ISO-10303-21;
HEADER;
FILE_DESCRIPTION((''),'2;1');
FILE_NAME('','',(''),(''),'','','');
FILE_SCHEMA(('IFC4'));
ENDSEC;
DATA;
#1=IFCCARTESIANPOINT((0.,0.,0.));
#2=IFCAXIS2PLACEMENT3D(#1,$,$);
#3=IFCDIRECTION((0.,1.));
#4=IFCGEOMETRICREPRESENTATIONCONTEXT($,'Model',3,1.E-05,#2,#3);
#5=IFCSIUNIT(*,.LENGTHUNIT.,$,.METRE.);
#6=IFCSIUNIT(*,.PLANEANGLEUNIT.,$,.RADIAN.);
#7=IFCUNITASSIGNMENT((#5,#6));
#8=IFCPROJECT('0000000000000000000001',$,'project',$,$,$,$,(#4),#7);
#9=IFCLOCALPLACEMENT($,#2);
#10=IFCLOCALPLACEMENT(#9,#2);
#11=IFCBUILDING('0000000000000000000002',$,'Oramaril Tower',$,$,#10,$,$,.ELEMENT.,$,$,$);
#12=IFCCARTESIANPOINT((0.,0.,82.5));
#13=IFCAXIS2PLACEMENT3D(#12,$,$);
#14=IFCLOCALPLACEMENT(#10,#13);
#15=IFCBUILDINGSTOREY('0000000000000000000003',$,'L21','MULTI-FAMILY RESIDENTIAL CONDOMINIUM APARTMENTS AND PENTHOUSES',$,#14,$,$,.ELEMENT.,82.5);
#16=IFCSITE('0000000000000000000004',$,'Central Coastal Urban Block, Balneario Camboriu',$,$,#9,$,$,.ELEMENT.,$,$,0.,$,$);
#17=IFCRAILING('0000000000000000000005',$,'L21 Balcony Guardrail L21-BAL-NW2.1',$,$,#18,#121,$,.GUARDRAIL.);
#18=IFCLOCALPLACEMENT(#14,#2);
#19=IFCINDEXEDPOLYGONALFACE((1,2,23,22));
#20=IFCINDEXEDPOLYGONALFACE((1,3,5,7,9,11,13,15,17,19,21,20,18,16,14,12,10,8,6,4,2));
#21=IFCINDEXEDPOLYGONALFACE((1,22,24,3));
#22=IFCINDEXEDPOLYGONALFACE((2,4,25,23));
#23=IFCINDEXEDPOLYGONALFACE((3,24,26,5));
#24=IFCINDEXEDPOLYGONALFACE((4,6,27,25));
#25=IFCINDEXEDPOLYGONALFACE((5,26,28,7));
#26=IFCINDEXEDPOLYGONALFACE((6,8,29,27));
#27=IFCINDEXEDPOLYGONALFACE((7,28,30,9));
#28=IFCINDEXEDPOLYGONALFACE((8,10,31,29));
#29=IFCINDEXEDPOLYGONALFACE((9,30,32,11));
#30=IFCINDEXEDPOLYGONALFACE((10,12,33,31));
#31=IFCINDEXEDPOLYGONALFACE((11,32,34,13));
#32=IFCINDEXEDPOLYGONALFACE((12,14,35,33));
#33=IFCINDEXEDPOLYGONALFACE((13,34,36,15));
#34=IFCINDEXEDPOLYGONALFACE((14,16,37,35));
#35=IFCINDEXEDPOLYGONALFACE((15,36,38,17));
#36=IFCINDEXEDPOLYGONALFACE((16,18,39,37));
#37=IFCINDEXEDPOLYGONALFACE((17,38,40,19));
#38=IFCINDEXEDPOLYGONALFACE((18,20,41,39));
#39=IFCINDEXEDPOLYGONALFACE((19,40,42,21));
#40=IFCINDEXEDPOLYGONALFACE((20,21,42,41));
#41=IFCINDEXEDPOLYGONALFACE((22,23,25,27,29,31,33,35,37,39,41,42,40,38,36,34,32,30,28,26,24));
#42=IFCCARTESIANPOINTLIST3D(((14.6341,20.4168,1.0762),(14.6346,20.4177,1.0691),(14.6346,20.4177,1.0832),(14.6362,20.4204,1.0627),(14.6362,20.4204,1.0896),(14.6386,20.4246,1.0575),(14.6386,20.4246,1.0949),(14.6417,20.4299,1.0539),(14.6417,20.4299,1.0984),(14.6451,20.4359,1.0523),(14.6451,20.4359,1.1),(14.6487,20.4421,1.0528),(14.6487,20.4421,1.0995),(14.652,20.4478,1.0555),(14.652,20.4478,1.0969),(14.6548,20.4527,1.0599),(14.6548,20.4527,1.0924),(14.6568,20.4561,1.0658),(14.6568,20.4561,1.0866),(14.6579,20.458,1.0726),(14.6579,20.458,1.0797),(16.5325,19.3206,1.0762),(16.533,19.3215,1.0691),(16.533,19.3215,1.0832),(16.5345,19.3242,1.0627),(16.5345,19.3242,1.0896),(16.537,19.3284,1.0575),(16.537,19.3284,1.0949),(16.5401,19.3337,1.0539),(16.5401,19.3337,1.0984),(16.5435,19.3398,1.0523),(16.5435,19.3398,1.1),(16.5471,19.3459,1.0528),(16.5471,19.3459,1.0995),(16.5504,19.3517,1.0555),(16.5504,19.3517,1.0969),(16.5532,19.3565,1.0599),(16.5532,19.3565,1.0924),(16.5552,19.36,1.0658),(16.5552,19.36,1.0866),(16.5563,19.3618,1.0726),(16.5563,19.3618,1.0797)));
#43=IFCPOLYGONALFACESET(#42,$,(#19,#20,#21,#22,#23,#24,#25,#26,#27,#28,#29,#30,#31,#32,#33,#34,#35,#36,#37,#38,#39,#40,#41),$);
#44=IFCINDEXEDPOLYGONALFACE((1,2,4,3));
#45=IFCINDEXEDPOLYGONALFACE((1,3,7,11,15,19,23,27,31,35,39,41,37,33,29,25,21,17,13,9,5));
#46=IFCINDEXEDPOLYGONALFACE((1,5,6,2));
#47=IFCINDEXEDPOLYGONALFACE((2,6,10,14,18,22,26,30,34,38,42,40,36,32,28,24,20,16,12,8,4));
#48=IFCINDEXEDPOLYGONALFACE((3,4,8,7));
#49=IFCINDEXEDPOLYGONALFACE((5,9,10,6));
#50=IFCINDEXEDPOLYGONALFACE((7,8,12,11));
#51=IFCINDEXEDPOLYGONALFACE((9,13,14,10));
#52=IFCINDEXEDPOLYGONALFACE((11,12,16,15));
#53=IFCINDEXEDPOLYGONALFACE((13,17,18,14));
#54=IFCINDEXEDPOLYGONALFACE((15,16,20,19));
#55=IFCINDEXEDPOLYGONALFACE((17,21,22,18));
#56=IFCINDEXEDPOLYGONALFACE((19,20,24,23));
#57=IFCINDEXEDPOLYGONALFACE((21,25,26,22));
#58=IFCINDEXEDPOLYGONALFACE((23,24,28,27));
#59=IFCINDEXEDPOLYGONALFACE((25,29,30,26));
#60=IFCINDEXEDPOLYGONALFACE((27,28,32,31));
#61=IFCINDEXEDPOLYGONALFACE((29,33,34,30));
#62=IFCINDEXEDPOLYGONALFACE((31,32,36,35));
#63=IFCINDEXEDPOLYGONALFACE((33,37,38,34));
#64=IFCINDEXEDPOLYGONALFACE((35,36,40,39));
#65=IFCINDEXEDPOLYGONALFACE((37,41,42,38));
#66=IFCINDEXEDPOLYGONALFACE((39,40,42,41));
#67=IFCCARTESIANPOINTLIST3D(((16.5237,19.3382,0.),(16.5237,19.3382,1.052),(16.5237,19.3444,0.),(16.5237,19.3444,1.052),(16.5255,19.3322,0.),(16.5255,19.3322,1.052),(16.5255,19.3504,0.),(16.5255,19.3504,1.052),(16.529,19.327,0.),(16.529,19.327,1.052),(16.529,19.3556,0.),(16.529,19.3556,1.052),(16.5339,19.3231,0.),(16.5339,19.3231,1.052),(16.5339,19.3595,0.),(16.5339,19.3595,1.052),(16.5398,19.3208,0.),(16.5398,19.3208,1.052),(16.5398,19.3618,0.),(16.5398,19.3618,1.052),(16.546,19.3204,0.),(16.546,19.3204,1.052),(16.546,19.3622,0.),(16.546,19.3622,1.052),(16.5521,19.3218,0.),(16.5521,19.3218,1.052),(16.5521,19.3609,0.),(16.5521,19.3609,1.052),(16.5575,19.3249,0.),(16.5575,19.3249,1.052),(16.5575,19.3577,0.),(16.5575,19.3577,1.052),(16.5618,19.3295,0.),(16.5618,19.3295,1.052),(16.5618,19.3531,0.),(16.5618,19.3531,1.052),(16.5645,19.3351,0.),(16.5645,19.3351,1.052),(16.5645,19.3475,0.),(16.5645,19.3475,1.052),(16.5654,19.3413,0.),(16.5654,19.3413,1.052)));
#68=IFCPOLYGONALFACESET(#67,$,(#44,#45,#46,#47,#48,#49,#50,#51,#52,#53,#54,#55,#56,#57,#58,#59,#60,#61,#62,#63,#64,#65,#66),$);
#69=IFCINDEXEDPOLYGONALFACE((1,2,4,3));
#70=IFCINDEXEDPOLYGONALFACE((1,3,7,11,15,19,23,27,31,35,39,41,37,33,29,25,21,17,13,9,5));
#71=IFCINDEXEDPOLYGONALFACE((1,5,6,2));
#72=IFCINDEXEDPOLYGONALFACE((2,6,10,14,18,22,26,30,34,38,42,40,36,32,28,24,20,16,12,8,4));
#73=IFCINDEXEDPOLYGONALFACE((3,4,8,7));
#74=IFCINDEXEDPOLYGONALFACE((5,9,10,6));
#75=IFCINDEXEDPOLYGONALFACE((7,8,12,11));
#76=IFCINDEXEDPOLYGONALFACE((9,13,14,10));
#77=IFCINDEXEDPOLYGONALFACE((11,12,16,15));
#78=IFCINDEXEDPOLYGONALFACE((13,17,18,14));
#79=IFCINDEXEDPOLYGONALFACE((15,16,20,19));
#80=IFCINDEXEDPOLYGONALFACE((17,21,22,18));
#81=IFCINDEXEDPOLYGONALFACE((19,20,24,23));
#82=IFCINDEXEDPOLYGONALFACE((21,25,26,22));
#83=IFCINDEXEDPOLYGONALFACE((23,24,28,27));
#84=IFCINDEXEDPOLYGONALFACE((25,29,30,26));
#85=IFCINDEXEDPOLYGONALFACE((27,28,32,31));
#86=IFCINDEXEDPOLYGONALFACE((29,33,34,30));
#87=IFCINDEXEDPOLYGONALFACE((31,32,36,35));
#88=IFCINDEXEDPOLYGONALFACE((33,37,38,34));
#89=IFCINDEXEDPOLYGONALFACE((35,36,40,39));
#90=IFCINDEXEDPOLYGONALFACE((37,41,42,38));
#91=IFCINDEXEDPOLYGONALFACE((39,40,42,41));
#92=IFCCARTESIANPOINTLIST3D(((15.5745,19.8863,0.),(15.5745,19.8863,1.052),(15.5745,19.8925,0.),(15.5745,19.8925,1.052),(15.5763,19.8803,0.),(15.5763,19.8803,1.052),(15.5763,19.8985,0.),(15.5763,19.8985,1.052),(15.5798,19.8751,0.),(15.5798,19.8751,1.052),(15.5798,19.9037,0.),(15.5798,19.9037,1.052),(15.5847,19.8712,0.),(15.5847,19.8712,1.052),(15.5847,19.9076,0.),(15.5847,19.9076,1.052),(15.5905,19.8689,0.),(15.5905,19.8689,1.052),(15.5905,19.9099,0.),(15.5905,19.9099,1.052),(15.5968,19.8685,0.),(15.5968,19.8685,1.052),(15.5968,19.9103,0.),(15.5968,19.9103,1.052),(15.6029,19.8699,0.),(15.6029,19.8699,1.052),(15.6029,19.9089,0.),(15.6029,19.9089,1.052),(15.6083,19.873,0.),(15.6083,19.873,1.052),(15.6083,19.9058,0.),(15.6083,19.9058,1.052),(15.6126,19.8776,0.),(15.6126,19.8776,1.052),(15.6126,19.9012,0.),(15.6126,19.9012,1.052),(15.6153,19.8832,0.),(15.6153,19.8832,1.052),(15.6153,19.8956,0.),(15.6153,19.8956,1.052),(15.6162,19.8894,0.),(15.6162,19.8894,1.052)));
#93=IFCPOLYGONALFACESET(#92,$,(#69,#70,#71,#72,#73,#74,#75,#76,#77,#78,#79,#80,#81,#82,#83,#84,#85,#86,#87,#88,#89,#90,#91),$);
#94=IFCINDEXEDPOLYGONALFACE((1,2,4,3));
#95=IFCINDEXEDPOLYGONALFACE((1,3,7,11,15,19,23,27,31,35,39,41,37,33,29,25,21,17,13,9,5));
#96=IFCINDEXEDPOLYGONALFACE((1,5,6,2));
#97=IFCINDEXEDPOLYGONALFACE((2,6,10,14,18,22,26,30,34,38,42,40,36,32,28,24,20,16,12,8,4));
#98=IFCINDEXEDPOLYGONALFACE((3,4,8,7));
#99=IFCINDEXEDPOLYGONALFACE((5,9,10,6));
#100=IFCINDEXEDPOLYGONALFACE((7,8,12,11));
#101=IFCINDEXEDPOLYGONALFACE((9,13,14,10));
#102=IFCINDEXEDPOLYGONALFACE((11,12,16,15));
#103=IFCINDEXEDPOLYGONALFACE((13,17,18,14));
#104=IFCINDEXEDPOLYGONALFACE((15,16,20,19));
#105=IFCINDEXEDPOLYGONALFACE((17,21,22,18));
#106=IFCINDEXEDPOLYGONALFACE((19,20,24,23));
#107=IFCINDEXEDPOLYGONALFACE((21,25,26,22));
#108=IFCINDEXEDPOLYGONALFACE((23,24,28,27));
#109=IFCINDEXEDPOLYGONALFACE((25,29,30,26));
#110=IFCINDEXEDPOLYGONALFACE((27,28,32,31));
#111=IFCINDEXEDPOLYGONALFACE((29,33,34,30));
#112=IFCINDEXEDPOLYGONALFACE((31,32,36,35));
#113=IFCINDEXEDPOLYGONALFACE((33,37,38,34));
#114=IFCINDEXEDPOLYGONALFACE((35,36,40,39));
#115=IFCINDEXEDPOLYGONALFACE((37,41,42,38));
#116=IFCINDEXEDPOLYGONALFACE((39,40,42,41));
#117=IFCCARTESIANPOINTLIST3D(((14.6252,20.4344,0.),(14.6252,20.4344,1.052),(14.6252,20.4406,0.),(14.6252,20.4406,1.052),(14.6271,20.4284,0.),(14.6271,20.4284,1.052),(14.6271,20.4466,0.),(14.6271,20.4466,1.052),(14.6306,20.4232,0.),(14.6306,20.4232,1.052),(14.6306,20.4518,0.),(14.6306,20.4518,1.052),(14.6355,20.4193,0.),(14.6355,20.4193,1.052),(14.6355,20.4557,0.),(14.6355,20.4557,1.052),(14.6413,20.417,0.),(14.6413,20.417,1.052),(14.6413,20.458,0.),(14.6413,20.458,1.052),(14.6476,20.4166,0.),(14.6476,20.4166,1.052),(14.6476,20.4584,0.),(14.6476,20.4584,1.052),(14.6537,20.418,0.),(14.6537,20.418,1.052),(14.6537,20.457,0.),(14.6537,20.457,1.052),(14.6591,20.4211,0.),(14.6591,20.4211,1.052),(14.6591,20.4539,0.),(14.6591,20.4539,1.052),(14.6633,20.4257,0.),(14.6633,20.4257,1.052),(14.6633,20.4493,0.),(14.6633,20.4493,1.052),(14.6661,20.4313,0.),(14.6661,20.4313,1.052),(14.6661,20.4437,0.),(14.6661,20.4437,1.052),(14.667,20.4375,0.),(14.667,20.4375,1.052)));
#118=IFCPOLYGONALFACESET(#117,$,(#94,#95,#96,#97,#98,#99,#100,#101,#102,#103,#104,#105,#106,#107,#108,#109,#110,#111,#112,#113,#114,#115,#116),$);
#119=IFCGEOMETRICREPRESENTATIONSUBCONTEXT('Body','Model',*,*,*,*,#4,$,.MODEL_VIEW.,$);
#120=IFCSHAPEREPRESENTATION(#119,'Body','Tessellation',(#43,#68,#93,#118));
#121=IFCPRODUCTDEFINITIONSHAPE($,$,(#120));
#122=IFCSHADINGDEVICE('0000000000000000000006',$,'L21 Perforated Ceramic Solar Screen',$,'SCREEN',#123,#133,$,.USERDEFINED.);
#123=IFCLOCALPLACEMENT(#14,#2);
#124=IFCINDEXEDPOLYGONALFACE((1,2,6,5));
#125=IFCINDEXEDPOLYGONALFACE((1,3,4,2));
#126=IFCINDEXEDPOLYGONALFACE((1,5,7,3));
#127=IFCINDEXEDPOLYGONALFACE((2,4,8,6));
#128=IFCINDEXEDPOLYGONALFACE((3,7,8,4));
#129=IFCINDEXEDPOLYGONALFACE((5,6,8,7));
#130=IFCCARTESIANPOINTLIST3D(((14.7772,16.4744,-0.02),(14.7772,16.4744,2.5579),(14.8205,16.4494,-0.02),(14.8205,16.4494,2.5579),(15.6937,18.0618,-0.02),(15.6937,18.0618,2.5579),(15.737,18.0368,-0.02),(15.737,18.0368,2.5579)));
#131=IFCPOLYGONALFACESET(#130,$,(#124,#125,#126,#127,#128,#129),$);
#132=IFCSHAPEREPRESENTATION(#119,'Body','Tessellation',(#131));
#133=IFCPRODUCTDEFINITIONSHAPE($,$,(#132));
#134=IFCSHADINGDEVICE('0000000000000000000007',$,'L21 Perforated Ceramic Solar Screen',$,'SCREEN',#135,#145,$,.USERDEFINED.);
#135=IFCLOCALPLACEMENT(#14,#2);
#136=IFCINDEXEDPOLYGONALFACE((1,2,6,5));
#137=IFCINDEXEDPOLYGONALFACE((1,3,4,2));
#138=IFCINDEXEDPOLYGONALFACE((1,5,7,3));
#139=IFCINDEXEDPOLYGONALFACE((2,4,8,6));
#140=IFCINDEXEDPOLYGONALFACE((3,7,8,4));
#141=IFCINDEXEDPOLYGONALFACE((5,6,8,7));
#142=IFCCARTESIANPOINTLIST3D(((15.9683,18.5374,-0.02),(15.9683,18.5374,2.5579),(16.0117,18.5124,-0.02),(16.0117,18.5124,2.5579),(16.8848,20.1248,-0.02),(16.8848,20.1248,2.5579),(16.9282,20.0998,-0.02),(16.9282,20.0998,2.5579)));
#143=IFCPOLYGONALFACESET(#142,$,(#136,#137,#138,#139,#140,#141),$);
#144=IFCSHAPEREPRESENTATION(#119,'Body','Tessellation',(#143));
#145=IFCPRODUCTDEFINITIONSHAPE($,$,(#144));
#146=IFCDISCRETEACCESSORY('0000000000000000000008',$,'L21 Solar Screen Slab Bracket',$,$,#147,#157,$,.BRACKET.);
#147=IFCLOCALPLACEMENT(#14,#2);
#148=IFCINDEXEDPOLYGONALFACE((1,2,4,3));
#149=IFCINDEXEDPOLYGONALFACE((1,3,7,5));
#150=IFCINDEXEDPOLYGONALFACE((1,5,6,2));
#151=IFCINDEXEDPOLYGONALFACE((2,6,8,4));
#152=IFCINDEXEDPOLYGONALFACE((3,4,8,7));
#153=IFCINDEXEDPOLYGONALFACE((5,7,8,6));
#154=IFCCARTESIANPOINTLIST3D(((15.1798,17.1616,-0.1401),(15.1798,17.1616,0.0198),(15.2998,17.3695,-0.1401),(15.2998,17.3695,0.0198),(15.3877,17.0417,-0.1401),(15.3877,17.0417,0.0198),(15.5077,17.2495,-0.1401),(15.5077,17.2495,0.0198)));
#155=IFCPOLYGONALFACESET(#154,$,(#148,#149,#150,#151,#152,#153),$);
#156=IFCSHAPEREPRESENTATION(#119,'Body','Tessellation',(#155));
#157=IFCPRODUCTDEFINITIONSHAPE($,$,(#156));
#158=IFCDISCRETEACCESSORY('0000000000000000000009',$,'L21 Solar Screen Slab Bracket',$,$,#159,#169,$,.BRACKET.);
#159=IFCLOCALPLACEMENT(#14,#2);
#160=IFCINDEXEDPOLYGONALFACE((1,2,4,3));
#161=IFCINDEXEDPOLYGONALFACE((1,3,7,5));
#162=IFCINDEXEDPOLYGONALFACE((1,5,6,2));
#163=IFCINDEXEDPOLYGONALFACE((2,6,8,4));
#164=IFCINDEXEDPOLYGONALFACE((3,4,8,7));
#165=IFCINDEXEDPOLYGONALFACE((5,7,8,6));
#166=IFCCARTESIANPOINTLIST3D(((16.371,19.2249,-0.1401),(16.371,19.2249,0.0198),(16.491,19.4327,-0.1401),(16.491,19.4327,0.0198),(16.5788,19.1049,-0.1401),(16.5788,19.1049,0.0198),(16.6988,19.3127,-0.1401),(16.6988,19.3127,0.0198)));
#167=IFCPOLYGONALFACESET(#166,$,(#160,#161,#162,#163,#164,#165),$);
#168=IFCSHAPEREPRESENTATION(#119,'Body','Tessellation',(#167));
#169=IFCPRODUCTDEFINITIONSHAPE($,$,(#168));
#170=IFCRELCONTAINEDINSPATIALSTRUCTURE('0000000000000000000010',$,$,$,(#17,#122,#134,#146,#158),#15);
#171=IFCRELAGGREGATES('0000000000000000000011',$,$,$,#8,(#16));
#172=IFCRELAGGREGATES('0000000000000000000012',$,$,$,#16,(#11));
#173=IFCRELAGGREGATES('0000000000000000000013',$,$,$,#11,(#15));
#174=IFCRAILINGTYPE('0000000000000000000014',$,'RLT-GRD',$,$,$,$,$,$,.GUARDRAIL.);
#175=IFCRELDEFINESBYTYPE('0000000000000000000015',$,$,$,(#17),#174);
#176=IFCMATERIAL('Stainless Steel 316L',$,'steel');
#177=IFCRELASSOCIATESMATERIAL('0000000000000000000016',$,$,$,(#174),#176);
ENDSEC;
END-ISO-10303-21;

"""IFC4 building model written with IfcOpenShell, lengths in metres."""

from ifc_helpers import new_model, si_unit, direction, frame, origin, origin_2d, place, context, subcontext, project, spatial, rectangle, circle, extrude, material, type_object, element, save


model = new_model("IFC4")

# Units and contexts
model_context = context("Model", 3, precision=1e-05, world=origin(), true_north=direction((0.0, 1.0)))
body_context = subcontext(model_context, "Body", "Model", "MODEL_VIEW")
ifc_project = project(units=[si_unit("LENGTHUNIT", "METRE"), si_unit("PLANEANGLEUNIT", "RADIAN")], contexts=[model_context])

# Site, building, storey
site_placement = place(None, origin())
site = spatial("IfcSite", under=ifc_project, at=site_placement, Name="Central Coastal Urban Block, Balneario Camboriu", CompositionType="ELEMENT", RefElevation=0.0)
building_placement = place(site_placement, origin())
building = spatial("IfcBuilding", under=site, at=building_placement, Name="Oramaril Tower", CompositionType="ELEMENT")
storey_placement = place(building_placement, frame((0.0, 0.0, 82.5)))
storey = spatial("IfcBuildingStorey", under=building, at=storey_placement, Name="L21", Description="MULTI-FAMILY RESIDENTIAL CONDOMINIUM APARTMENTS AND PENTHOUSES", CompositionType="ELEMENT", Elevation=82.5)

# Railing
ifc_material_1 = material(Name="Stainless Steel 316L", Category="steel")
railing_type = type_object("IfcRailingType", Name="RLT-GRD", PredefinedType="GUARDRAIL", material=ifc_material_1)
railing_1_placement = place(storey_placement, frame((16.5444, 19.3413, 0.0)))
element("IfcRailing", 1, at=railing_1_placement, inside=storey, type_object=railing_type, Name="L21 Balcony Guardrail L21-BAL-NW2.1", PredefinedType="GUARDRAIL", context=body_context, shape_type="SweptSolid", body=[
    extrude(circle(Radius=0.0239, at=origin_2d()), frame((0.0, 0.0, 1.0762), z_axis=(-0.866, 0.500044, 0.0), x_axis=(-0.500044, -0.866, 0.0)), (0.0, 0.0, 1.0), 2.1921),
    extrude(circle(Radius=0.021, at=origin_2d()), origin(), (0.0, 0.0, 1.0), 1.052),
    extrude(circle(Radius=0.021, at=origin_2d()), frame((-0.9492, 0.5481, 0.0)), (0.0, 0.0, 1.0), 1.052),
    extrude(circle(Radius=0.021, at=origin_2d()), frame((-1.8984, 1.0962, 0.0)), (0.0, 0.0, 1.0), 1.052),
])

# Shading devices
for number, where, z_axis, x_axis, name in (
    (2, (15.2571, 17.2556, -0.02), (0.0, 0.0, 1.0), (-0.5, -0.866025, 0.0), "L21 Perforated Ceramic Solar Screen"),
    (3, (16.4482, 19.3186, -0.02), (0.0, 0.0, 1.0), (-0.5, -0.866025, 0.0), "L21 Perforated Ceramic Solar Screen"),
):
    element("IfcShadingDevice", number, at=place(storey_placement, frame(where, z_axis=z_axis, x_axis=x_axis)), inside=storey, Name=name, ObjectType="SCREEN", PredefinedType="USERDEFINED", context=body_context, shape_type="SweptSolid", body=[
        extrude(rectangle(XDim=1.833, YDim=0.05, at=origin_2d()), origin(), (0.0, 0.0, 1.0), 2.5779),
    ])

# Discrete accessories
for number, where, z_axis, x_axis, name in (
    (4, (15.3438, 17.2056, -0.1401), (0.0, 0.0, 1.0), (-0.5, -0.866025, 0.0), "L21 Solar Screen Slab Bracket"),
    (5, (16.5349, 19.2688, -0.1401), (0.0, 0.0, 1.0), (-0.5, -0.866025, 0.0), "L21 Solar Screen Slab Bracket"),
):
    element("IfcDiscreteAccessory", number, at=place(storey_placement, frame(where, z_axis=z_axis, x_axis=x_axis)), inside=storey, Name=name, PredefinedType="BRACKET", context=body_context, shape_type="SweptSolid", body=[
        extrude(rectangle(XDim=0.24, YDim=0.24, at=origin_2d()), origin(), (0.0, 0.0, 1.0), 0.1599),
    ])

save(model, "model.ifc")
